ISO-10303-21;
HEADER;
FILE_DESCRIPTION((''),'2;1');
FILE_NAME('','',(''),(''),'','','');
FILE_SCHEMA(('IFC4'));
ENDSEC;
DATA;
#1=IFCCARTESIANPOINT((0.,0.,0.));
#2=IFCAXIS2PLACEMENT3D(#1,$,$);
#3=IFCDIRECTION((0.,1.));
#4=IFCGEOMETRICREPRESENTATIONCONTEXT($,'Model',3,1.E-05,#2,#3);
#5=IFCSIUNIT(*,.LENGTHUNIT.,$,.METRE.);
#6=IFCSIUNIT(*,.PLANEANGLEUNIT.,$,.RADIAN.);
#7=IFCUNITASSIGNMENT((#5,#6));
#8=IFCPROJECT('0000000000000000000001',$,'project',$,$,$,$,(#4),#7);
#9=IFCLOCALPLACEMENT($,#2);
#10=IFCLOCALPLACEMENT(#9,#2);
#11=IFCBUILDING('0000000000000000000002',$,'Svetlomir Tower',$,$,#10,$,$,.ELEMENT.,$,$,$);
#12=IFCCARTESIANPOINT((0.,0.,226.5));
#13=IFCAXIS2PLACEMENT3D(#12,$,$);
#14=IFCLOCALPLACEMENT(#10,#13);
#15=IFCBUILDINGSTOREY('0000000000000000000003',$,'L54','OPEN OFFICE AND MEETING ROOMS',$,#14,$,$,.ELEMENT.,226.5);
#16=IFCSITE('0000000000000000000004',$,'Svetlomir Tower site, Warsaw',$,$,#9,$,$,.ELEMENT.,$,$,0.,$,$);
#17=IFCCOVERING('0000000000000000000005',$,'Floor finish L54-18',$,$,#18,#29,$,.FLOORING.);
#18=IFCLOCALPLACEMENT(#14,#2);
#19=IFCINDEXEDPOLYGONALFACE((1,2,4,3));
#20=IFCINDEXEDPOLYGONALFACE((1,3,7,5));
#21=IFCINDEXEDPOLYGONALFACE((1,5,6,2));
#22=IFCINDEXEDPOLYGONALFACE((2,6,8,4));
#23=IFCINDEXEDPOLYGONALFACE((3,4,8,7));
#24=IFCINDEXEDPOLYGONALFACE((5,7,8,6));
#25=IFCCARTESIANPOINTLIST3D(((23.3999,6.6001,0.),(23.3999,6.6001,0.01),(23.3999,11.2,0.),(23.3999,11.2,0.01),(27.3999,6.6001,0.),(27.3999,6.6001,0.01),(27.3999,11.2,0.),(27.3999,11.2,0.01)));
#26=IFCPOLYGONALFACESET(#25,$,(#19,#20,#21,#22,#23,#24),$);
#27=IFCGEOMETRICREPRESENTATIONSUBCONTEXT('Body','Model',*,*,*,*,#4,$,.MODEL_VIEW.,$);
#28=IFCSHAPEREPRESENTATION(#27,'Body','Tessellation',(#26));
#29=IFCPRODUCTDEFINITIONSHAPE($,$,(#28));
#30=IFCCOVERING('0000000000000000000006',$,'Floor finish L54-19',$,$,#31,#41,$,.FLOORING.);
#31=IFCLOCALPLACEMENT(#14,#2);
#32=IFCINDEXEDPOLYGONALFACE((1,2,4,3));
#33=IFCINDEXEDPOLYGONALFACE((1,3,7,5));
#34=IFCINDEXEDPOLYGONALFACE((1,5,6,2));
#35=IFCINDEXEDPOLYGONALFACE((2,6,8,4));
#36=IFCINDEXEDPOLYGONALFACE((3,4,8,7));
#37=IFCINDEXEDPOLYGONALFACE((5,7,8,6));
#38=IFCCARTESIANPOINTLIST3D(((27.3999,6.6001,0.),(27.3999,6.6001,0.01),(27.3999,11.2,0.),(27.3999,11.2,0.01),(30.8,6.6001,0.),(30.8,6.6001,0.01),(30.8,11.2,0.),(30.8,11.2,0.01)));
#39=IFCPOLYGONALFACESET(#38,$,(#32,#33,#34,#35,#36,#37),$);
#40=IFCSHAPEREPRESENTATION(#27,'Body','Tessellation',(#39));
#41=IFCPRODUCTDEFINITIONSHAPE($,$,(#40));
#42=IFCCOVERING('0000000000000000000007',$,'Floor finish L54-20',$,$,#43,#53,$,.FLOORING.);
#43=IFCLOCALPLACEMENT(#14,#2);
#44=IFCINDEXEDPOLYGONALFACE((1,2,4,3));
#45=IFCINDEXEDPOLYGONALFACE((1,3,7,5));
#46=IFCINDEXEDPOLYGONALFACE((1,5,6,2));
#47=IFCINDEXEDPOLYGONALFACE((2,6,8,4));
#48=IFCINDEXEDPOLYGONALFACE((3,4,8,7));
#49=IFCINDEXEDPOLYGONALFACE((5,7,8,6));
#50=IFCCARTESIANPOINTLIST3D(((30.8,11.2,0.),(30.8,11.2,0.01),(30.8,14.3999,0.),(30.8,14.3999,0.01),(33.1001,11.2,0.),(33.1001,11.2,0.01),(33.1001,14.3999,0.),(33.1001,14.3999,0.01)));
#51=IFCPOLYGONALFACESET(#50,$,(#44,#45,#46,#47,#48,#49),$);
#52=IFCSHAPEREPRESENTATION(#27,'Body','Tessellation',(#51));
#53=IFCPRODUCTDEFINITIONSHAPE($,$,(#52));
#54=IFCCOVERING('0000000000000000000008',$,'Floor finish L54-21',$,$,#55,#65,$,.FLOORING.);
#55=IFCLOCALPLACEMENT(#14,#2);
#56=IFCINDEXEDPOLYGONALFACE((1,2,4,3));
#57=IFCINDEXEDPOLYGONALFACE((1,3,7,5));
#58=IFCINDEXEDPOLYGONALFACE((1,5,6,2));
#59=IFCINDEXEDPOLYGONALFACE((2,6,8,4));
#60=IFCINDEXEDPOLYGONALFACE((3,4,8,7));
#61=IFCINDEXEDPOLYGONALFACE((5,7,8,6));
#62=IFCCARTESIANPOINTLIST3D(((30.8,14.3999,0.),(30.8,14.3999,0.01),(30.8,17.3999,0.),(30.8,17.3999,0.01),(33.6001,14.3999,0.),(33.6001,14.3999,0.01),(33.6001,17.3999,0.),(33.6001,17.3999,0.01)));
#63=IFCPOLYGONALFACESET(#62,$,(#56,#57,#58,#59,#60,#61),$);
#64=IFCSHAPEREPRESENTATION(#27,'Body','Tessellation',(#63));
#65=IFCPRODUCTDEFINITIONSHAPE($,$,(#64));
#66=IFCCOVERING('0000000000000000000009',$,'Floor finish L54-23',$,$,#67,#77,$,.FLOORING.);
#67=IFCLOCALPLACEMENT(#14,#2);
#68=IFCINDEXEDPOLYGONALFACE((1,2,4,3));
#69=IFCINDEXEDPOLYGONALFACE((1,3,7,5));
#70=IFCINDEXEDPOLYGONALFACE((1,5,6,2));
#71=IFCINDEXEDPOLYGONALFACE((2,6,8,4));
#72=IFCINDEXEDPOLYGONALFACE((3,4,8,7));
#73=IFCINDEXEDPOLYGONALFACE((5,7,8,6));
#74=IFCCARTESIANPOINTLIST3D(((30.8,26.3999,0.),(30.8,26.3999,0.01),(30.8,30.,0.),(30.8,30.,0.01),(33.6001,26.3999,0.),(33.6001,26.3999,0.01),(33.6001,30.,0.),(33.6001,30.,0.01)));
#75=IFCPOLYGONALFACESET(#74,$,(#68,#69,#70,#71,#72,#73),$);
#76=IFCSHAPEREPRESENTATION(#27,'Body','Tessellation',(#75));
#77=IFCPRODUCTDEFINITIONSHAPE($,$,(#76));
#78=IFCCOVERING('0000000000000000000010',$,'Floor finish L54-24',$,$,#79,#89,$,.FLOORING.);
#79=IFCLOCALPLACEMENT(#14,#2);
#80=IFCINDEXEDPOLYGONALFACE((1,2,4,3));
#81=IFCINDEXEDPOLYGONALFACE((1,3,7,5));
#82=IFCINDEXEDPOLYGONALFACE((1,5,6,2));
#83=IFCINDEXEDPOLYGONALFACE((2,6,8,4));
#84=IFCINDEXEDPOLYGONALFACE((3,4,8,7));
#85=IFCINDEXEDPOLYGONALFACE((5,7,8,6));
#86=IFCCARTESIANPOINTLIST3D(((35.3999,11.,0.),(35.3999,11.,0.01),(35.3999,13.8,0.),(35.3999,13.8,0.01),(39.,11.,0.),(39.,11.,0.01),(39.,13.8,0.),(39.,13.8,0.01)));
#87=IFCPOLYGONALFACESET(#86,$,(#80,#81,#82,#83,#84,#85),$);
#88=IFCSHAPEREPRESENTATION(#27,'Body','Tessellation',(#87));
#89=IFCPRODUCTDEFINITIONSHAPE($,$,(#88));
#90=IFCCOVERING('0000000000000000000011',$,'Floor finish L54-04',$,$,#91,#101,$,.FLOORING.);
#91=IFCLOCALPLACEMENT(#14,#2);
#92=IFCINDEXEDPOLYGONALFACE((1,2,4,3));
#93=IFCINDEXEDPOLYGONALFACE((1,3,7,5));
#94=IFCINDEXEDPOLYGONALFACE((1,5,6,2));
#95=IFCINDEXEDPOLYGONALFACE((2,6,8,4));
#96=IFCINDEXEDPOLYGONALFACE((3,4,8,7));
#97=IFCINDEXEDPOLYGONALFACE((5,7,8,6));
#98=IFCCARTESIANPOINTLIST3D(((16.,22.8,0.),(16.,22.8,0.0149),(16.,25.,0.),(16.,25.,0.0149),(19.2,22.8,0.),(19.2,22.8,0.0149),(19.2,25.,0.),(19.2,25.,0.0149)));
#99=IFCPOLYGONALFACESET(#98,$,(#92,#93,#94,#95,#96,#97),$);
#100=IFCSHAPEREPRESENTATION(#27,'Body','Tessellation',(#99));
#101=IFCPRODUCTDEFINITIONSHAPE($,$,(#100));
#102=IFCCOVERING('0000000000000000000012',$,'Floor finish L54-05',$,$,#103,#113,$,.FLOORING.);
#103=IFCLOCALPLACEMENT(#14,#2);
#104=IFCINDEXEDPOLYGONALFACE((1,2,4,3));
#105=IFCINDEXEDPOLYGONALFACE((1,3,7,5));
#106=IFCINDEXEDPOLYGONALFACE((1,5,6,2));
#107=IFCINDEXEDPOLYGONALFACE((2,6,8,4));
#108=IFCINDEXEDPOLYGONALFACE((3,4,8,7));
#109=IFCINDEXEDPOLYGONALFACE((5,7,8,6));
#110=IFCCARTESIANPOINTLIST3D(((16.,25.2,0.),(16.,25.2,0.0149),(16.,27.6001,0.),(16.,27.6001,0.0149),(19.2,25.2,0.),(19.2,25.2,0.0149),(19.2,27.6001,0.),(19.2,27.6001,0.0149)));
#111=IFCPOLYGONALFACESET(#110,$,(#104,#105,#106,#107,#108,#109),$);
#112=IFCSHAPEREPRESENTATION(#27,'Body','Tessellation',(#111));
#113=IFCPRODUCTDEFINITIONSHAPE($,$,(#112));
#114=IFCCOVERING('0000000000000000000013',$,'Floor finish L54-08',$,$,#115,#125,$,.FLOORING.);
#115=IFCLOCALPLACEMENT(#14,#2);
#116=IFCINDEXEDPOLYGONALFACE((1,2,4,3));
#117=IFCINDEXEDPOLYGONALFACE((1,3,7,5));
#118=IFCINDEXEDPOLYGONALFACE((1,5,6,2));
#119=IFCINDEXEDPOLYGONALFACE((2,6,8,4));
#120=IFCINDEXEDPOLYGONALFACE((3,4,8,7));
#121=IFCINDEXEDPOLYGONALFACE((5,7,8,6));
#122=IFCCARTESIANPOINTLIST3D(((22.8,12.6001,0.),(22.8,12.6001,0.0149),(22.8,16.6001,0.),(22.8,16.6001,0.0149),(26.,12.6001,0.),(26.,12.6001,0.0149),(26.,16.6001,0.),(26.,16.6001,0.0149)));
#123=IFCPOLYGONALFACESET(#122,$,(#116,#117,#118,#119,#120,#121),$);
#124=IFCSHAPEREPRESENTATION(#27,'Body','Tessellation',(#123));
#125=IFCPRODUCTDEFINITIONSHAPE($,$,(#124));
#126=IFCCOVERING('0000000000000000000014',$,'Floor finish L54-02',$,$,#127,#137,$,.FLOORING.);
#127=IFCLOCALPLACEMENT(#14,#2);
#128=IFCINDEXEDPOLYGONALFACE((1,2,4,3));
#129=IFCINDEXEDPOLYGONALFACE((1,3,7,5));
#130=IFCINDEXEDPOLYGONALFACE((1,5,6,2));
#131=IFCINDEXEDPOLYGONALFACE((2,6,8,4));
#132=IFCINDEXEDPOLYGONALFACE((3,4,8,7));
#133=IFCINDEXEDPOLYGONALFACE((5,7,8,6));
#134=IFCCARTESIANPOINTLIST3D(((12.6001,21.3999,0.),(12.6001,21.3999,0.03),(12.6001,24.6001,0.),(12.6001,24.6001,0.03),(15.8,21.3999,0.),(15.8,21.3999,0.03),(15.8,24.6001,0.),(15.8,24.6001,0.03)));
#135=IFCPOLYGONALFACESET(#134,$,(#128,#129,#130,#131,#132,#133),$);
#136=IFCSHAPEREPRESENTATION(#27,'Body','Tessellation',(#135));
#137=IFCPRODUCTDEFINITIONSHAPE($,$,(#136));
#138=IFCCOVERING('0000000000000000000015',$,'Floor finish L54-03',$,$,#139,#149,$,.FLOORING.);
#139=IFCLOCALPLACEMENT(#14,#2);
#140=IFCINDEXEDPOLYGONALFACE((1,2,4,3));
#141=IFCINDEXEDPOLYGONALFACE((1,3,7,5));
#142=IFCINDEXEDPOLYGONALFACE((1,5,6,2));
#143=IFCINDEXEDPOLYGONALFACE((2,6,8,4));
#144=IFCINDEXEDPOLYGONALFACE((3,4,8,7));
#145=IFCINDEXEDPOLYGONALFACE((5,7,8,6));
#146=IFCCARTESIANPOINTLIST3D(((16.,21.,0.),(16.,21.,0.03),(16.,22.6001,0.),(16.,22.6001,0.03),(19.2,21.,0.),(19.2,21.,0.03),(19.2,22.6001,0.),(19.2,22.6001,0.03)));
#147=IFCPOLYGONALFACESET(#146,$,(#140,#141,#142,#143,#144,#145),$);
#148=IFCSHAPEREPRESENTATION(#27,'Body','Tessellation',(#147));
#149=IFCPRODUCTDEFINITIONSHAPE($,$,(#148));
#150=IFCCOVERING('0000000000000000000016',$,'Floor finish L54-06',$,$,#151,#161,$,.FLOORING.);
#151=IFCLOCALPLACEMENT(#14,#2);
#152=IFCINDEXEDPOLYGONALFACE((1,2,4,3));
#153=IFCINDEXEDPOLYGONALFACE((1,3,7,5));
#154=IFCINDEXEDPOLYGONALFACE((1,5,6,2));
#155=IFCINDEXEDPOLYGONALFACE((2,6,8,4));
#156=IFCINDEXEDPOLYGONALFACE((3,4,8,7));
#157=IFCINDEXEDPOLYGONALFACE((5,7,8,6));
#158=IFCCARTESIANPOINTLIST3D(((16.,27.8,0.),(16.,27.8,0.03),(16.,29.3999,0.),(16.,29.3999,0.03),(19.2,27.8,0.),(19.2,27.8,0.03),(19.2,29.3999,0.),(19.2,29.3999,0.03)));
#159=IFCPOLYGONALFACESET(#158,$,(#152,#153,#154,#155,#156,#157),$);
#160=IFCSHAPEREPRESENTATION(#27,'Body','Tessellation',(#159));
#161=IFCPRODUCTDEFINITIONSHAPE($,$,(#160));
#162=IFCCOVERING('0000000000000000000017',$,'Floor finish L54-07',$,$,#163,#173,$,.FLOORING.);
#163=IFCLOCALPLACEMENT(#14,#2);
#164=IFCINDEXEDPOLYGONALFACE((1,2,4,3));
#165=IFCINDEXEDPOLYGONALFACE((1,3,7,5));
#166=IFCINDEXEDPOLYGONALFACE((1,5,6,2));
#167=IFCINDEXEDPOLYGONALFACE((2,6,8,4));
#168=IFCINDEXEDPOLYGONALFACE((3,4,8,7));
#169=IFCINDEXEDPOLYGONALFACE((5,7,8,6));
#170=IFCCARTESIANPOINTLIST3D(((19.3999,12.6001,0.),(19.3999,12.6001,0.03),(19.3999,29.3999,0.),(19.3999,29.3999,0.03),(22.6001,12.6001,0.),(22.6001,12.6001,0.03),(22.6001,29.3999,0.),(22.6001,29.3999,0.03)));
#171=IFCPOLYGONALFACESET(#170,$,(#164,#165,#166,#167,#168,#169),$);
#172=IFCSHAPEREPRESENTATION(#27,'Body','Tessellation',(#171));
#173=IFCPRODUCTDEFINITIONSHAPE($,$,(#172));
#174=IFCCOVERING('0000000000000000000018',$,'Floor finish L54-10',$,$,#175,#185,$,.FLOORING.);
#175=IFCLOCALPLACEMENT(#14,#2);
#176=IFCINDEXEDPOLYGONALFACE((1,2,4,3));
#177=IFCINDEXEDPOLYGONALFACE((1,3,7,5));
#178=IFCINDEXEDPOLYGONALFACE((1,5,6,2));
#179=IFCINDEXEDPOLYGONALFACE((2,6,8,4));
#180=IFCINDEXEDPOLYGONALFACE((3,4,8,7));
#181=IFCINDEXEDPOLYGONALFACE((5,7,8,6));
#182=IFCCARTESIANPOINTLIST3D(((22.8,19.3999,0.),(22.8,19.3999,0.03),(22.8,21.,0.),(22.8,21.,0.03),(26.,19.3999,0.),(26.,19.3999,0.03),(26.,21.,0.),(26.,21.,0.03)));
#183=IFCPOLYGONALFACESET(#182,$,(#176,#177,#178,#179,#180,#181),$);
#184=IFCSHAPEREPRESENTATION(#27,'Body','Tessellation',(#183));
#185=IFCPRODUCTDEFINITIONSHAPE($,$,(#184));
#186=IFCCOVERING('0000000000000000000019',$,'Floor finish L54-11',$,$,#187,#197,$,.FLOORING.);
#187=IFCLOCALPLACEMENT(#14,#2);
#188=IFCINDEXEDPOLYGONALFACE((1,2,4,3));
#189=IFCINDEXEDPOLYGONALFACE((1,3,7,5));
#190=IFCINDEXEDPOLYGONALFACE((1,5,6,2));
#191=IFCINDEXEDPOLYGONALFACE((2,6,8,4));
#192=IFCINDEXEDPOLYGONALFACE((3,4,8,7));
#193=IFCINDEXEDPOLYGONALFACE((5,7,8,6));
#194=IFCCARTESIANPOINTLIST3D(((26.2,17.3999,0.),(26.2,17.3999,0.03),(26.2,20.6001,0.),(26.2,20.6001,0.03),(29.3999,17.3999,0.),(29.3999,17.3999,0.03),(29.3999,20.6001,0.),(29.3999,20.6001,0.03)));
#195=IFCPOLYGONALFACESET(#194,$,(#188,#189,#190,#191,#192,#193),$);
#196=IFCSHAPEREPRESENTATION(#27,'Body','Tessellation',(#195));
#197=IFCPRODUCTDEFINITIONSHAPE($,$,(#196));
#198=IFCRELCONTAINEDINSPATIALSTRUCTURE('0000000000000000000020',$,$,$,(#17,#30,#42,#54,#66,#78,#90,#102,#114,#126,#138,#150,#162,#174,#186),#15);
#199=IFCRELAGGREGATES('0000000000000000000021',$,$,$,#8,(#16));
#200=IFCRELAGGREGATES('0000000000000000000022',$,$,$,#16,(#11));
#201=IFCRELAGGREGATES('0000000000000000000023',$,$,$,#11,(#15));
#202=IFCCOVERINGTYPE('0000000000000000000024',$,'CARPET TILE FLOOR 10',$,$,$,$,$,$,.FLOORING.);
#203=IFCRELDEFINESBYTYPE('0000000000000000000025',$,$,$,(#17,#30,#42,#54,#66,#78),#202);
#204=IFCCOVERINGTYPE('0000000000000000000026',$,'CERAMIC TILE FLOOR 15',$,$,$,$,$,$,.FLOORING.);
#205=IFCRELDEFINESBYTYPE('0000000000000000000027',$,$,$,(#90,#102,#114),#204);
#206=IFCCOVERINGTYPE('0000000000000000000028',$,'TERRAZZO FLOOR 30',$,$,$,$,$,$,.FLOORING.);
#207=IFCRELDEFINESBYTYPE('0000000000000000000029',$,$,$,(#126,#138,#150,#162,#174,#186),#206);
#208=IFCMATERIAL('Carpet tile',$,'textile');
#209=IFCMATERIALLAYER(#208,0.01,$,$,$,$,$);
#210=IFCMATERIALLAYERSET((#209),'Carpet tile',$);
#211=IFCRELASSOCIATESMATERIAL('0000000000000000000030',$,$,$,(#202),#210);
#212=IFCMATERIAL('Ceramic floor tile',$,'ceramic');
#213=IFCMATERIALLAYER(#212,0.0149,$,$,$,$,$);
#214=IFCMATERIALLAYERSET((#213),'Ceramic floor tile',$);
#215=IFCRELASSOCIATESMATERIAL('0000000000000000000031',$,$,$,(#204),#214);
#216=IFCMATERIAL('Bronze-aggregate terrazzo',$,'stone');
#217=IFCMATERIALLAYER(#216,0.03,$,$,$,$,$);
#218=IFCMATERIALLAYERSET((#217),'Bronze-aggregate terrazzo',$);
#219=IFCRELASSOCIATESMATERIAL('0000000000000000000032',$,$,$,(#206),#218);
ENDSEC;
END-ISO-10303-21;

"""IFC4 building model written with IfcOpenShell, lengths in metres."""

from ifc_helpers import new_model, si_unit, direction, frame, origin, place, context, subcontext, project, spatial, polyline, outline, extrude, material, layer, layer_set, type_object, element, save


model = new_model("IFC4")

# Units and contexts
model_context = context("Model", 3, precision=1e-05, world=origin(), true_north=direction((0.0, 1.0)))
body_context = subcontext(model_context, "Body", "Model", "MODEL_VIEW")
ifc_project = project(units=[si_unit("LENGTHUNIT", "METRE"), si_unit("PLANEANGLEUNIT", "RADIAN")], contexts=[model_context])

# Site, building, storey
site_placement = place(None, origin())
site = spatial("IfcSite", under=ifc_project, at=site_placement, Name="Svetlomir Tower site, Warsaw", CompositionType="ELEMENT", RefElevation=0.0)
building_placement = place(site_placement, origin())
building = spatial("IfcBuilding", under=site, at=building_placement, Name="Svetlomir Tower", CompositionType="ELEMENT")
storey_placement = place(building_placement, frame((0.0, 0.0, 226.5)))
storey = spatial("IfcBuildingStorey", under=building, at=storey_placement, Name="L54", Description="OPEN OFFICE AND MEETING ROOMS", CompositionType="ELEMENT", Elevation=226.5)

# Coverings
ifc_material_1 = material(Name="Carpet tile", Category="textile")
ifc_layer_1 = layer(ifc_material_1, 0.01)
ifc_layer_set_1 = layer_set([ifc_layer_1], Name="Carpet tile")
covering_type_1 = type_object("IfcCoveringType", Name="CARPET TILE FLOOR 10", PredefinedType="FLOORING", material=ifc_layer_set_1)
covering_1_placement = place(storey_placement, origin())
element("IfcCovering", 1, at=covering_1_placement, inside=storey, type_object=covering_type_1, Name="Floor finish L54-18", PredefinedType="FLOORING", context=body_context, shape_type="SweptSolid", body=[
    extrude(outline(polyline([(23.3999, 6.6001), (27.3999, 6.6001), (27.3999, 11.2), (23.3999, 11.2), (23.3999, 6.6001)])), origin(), (0.0, 0.0, 1.0), 0.01),
])
covering_2_placement = place(storey_placement, origin())
element("IfcCovering", 2, at=covering_2_placement, inside=storey, type_object=covering_type_1, Name="Floor finish L54-19", PredefinedType="FLOORING", context=body_context, shape_type="SweptSolid", body=[
    extrude(outline(polyline([(27.3999, 6.6001), (30.8, 6.6001), (30.8, 11.2), (27.3999, 11.2), (27.3999, 6.6001)])), origin(), (0.0, 0.0, 1.0), 0.01),
])
covering_3_placement = place(storey_placement, origin())
element("IfcCovering", 3, at=covering_3_placement, inside=storey, type_object=covering_type_1, Name="Floor finish L54-20", PredefinedType="FLOORING", context=body_context, shape_type="SweptSolid", body=[
    extrude(outline(polyline([(30.8, 11.2), (33.1001, 11.2), (33.1001, 14.3999), (30.8, 14.3999), (30.8, 11.2)])), origin(), (0.0, 0.0, 1.0), 0.01),
])
covering_4_placement = place(storey_placement, origin())
element("IfcCovering", 4, at=covering_4_placement, inside=storey, type_object=covering_type_1, Name="Floor finish L54-21", PredefinedType="FLOORING", context=body_context, shape_type="SweptSolid", body=[
    extrude(outline(polyline([(30.8, 14.3999), (33.6001, 14.3999), (33.6001, 17.3999), (30.8, 17.3999), (30.8, 14.3999)])), origin(), (0.0, 0.0, 1.0), 0.01),
])
covering_5_placement = place(storey_placement, origin())
element("IfcCovering", 5, at=covering_5_placement, inside=storey, type_object=covering_type_1, Name="Floor finish L54-23", PredefinedType="FLOORING", context=body_context, shape_type="SweptSolid", body=[
    extrude(outline(polyline([(30.8, 26.3999), (33.6001, 26.3999), (33.6001, 30.0), (30.8, 30.0), (30.8, 26.3999)])), origin(), (0.0, 0.0, 1.0), 0.01),
])
covering_6_placement = place(storey_placement, origin())
element("IfcCovering", 6, at=covering_6_placement, inside=storey, type_object=covering_type_1, Name="Floor finish L54-24", PredefinedType="FLOORING", context=body_context, shape_type="SweptSolid", body=[
    extrude(outline(polyline([(35.3999, 11.0), (39.0, 11.0), (39.0, 13.8), (35.3999, 13.8), (35.3999, 11.0)])), origin(), (0.0, 0.0, 1.0), 0.01),
])
ifc_material_2 = material(Name="Ceramic floor tile", Category="ceramic")
ifc_layer_2 = layer(ifc_material_2, 0.0149)
ifc_layer_set_2 = layer_set([ifc_layer_2], Name="Ceramic floor tile")
covering_type_2 = type_object("IfcCoveringType", Name="CERAMIC TILE FLOOR 15", PredefinedType="FLOORING", material=ifc_layer_set_2)
covering_7_placement = place(storey_placement, origin())
element("IfcCovering", 7, at=covering_7_placement, inside=storey, type_object=covering_type_2, Name="Floor finish L54-04", PredefinedType="FLOORING", context=body_context, shape_type="SweptSolid", body=[
    extrude(outline(polyline([(16.0, 22.8), (19.2, 22.8), (19.2, 25.0), (16.0, 25.0), (16.0, 22.8)])), origin(), (0.0, 0.0, 1.0), 0.0149),
])
covering_8_placement = place(storey_placement, origin())
element("IfcCovering", 8, at=covering_8_placement, inside=storey, type_object=covering_type_2, Name="Floor finish L54-05", PredefinedType="FLOORING", context=body_context, shape_type="SweptSolid", body=[
    extrude(outline(polyline([(16.0, 25.2), (19.2, 25.2), (19.2, 27.6001), (16.0, 27.6001), (16.0, 25.2)])), origin(), (0.0, 0.0, 1.0), 0.0149),
])
covering_9_placement = place(storey_placement, origin())
element("IfcCovering", 9, at=covering_9_placement, inside=storey, type_object=covering_type_2, Name="Floor finish L54-08", PredefinedType="FLOORING", context=body_context, shape_type="SweptSolid", body=[
    extrude(outline(polyline([(22.8, 12.6001), (26.0, 12.6001), (26.0, 16.6001), (22.8, 16.6001), (22.8, 12.6001)])), origin(), (0.0, 0.0, 1.0), 0.0149),
])
ifc_material_3 = material(Name="Bronze-aggregate terrazzo", Category="stone")
ifc_layer_3 = layer(ifc_material_3, 0.03)
ifc_layer_set_3 = layer_set([ifc_layer_3], Name="Bronze-aggregate terrazzo")
covering_type_3 = type_object("IfcCoveringType", Name="TERRAZZO FLOOR 30", PredefinedType="FLOORING", material=ifc_layer_set_3)
covering_10_placement = place(storey_placement, origin())
element("IfcCovering", 10, at=covering_10_placement, inside=storey, type_object=covering_type_3, Name="Floor finish L54-02", PredefinedType="FLOORING", context=body_context, shape_type="SweptSolid", body=[
    extrude(outline(polyline([(12.6001, 21.3999), (15.8, 21.3999), (15.8, 24.6001), (12.6001, 24.6001), (12.6001, 21.3999)])), origin(), (0.0, 0.0, 1.0), 0.03),
])
covering_11_placement = place(storey_placement, origin())
element("IfcCovering", 11, at=covering_11_placement, inside=storey, type_object=covering_type_3, Name="Floor finish L54-03", PredefinedType="FLOORING", context=body_context, shape_type="SweptSolid", body=[
    extrude(outline(polyline([(16.0, 21.0), (19.2, 21.0), (19.2, 22.6001), (16.0, 22.6001), (16.0, 21.0)])), origin(), (0.0, 0.0, 1.0), 0.03),
])
covering_12_placement = place(storey_placement, origin())
element("IfcCovering", 12, at=covering_12_placement, inside=storey, type_object=covering_type_3, Name="Floor finish L54-06", PredefinedType="FLOORING", context=body_context, shape_type="SweptSolid", body=[
    extrude(outline(polyline([(16.0, 27.8), (19.2, 27.8), (19.2, 29.3999), (16.0, 29.3999), (16.0, 27.8)])), origin(), (0.0, 0.0, 1.0), 0.03),
])
covering_13_placement = place(storey_placement, origin())
element("IfcCovering", 13, at=covering_13_placement, inside=storey, type_object=covering_type_3, Name="Floor finish L54-07", PredefinedType="FLOORING", context=body_context, shape_type="SweptSolid", body=[
    extrude(outline(polyline([(19.3999, 12.6001), (22.6001, 12.6001), (22.6001, 29.3999), (19.3999, 29.3999), (19.3999, 12.6001)])), origin(), (0.0, 0.0, 1.0), 0.03),
])
covering_14_placement = place(storey_placement, origin())
element("IfcCovering", 14, at=covering_14_placement, inside=storey, type_object=covering_type_3, Name="Floor finish L54-10", PredefinedType="FLOORING", context=body_context, shape_type="SweptSolid", body=[
    extrude(outline(polyline([(22.8, 19.3999), (26.0, 19.3999), (26.0, 21.0), (22.8, 21.0), (22.8, 19.3999)])), origin(), (0.0, 0.0, 1.0), 0.03),
])
covering_15_placement = place(storey_placement, origin())
element("IfcCovering", 15, at=covering_15_placement, inside=storey, type_object=covering_type_3, Name="Floor finish L54-11", PredefinedType="FLOORING", context=body_context, shape_type="SweptSolid", body=[
    extrude(outline(polyline([(26.2, 17.3999), (29.3999, 17.3999), (29.3999, 20.6001), (26.2, 20.6001), (26.2, 17.3999)])), origin(), (0.0, 0.0, 1.0), 0.03),
])

save(model, "model.ifc")
